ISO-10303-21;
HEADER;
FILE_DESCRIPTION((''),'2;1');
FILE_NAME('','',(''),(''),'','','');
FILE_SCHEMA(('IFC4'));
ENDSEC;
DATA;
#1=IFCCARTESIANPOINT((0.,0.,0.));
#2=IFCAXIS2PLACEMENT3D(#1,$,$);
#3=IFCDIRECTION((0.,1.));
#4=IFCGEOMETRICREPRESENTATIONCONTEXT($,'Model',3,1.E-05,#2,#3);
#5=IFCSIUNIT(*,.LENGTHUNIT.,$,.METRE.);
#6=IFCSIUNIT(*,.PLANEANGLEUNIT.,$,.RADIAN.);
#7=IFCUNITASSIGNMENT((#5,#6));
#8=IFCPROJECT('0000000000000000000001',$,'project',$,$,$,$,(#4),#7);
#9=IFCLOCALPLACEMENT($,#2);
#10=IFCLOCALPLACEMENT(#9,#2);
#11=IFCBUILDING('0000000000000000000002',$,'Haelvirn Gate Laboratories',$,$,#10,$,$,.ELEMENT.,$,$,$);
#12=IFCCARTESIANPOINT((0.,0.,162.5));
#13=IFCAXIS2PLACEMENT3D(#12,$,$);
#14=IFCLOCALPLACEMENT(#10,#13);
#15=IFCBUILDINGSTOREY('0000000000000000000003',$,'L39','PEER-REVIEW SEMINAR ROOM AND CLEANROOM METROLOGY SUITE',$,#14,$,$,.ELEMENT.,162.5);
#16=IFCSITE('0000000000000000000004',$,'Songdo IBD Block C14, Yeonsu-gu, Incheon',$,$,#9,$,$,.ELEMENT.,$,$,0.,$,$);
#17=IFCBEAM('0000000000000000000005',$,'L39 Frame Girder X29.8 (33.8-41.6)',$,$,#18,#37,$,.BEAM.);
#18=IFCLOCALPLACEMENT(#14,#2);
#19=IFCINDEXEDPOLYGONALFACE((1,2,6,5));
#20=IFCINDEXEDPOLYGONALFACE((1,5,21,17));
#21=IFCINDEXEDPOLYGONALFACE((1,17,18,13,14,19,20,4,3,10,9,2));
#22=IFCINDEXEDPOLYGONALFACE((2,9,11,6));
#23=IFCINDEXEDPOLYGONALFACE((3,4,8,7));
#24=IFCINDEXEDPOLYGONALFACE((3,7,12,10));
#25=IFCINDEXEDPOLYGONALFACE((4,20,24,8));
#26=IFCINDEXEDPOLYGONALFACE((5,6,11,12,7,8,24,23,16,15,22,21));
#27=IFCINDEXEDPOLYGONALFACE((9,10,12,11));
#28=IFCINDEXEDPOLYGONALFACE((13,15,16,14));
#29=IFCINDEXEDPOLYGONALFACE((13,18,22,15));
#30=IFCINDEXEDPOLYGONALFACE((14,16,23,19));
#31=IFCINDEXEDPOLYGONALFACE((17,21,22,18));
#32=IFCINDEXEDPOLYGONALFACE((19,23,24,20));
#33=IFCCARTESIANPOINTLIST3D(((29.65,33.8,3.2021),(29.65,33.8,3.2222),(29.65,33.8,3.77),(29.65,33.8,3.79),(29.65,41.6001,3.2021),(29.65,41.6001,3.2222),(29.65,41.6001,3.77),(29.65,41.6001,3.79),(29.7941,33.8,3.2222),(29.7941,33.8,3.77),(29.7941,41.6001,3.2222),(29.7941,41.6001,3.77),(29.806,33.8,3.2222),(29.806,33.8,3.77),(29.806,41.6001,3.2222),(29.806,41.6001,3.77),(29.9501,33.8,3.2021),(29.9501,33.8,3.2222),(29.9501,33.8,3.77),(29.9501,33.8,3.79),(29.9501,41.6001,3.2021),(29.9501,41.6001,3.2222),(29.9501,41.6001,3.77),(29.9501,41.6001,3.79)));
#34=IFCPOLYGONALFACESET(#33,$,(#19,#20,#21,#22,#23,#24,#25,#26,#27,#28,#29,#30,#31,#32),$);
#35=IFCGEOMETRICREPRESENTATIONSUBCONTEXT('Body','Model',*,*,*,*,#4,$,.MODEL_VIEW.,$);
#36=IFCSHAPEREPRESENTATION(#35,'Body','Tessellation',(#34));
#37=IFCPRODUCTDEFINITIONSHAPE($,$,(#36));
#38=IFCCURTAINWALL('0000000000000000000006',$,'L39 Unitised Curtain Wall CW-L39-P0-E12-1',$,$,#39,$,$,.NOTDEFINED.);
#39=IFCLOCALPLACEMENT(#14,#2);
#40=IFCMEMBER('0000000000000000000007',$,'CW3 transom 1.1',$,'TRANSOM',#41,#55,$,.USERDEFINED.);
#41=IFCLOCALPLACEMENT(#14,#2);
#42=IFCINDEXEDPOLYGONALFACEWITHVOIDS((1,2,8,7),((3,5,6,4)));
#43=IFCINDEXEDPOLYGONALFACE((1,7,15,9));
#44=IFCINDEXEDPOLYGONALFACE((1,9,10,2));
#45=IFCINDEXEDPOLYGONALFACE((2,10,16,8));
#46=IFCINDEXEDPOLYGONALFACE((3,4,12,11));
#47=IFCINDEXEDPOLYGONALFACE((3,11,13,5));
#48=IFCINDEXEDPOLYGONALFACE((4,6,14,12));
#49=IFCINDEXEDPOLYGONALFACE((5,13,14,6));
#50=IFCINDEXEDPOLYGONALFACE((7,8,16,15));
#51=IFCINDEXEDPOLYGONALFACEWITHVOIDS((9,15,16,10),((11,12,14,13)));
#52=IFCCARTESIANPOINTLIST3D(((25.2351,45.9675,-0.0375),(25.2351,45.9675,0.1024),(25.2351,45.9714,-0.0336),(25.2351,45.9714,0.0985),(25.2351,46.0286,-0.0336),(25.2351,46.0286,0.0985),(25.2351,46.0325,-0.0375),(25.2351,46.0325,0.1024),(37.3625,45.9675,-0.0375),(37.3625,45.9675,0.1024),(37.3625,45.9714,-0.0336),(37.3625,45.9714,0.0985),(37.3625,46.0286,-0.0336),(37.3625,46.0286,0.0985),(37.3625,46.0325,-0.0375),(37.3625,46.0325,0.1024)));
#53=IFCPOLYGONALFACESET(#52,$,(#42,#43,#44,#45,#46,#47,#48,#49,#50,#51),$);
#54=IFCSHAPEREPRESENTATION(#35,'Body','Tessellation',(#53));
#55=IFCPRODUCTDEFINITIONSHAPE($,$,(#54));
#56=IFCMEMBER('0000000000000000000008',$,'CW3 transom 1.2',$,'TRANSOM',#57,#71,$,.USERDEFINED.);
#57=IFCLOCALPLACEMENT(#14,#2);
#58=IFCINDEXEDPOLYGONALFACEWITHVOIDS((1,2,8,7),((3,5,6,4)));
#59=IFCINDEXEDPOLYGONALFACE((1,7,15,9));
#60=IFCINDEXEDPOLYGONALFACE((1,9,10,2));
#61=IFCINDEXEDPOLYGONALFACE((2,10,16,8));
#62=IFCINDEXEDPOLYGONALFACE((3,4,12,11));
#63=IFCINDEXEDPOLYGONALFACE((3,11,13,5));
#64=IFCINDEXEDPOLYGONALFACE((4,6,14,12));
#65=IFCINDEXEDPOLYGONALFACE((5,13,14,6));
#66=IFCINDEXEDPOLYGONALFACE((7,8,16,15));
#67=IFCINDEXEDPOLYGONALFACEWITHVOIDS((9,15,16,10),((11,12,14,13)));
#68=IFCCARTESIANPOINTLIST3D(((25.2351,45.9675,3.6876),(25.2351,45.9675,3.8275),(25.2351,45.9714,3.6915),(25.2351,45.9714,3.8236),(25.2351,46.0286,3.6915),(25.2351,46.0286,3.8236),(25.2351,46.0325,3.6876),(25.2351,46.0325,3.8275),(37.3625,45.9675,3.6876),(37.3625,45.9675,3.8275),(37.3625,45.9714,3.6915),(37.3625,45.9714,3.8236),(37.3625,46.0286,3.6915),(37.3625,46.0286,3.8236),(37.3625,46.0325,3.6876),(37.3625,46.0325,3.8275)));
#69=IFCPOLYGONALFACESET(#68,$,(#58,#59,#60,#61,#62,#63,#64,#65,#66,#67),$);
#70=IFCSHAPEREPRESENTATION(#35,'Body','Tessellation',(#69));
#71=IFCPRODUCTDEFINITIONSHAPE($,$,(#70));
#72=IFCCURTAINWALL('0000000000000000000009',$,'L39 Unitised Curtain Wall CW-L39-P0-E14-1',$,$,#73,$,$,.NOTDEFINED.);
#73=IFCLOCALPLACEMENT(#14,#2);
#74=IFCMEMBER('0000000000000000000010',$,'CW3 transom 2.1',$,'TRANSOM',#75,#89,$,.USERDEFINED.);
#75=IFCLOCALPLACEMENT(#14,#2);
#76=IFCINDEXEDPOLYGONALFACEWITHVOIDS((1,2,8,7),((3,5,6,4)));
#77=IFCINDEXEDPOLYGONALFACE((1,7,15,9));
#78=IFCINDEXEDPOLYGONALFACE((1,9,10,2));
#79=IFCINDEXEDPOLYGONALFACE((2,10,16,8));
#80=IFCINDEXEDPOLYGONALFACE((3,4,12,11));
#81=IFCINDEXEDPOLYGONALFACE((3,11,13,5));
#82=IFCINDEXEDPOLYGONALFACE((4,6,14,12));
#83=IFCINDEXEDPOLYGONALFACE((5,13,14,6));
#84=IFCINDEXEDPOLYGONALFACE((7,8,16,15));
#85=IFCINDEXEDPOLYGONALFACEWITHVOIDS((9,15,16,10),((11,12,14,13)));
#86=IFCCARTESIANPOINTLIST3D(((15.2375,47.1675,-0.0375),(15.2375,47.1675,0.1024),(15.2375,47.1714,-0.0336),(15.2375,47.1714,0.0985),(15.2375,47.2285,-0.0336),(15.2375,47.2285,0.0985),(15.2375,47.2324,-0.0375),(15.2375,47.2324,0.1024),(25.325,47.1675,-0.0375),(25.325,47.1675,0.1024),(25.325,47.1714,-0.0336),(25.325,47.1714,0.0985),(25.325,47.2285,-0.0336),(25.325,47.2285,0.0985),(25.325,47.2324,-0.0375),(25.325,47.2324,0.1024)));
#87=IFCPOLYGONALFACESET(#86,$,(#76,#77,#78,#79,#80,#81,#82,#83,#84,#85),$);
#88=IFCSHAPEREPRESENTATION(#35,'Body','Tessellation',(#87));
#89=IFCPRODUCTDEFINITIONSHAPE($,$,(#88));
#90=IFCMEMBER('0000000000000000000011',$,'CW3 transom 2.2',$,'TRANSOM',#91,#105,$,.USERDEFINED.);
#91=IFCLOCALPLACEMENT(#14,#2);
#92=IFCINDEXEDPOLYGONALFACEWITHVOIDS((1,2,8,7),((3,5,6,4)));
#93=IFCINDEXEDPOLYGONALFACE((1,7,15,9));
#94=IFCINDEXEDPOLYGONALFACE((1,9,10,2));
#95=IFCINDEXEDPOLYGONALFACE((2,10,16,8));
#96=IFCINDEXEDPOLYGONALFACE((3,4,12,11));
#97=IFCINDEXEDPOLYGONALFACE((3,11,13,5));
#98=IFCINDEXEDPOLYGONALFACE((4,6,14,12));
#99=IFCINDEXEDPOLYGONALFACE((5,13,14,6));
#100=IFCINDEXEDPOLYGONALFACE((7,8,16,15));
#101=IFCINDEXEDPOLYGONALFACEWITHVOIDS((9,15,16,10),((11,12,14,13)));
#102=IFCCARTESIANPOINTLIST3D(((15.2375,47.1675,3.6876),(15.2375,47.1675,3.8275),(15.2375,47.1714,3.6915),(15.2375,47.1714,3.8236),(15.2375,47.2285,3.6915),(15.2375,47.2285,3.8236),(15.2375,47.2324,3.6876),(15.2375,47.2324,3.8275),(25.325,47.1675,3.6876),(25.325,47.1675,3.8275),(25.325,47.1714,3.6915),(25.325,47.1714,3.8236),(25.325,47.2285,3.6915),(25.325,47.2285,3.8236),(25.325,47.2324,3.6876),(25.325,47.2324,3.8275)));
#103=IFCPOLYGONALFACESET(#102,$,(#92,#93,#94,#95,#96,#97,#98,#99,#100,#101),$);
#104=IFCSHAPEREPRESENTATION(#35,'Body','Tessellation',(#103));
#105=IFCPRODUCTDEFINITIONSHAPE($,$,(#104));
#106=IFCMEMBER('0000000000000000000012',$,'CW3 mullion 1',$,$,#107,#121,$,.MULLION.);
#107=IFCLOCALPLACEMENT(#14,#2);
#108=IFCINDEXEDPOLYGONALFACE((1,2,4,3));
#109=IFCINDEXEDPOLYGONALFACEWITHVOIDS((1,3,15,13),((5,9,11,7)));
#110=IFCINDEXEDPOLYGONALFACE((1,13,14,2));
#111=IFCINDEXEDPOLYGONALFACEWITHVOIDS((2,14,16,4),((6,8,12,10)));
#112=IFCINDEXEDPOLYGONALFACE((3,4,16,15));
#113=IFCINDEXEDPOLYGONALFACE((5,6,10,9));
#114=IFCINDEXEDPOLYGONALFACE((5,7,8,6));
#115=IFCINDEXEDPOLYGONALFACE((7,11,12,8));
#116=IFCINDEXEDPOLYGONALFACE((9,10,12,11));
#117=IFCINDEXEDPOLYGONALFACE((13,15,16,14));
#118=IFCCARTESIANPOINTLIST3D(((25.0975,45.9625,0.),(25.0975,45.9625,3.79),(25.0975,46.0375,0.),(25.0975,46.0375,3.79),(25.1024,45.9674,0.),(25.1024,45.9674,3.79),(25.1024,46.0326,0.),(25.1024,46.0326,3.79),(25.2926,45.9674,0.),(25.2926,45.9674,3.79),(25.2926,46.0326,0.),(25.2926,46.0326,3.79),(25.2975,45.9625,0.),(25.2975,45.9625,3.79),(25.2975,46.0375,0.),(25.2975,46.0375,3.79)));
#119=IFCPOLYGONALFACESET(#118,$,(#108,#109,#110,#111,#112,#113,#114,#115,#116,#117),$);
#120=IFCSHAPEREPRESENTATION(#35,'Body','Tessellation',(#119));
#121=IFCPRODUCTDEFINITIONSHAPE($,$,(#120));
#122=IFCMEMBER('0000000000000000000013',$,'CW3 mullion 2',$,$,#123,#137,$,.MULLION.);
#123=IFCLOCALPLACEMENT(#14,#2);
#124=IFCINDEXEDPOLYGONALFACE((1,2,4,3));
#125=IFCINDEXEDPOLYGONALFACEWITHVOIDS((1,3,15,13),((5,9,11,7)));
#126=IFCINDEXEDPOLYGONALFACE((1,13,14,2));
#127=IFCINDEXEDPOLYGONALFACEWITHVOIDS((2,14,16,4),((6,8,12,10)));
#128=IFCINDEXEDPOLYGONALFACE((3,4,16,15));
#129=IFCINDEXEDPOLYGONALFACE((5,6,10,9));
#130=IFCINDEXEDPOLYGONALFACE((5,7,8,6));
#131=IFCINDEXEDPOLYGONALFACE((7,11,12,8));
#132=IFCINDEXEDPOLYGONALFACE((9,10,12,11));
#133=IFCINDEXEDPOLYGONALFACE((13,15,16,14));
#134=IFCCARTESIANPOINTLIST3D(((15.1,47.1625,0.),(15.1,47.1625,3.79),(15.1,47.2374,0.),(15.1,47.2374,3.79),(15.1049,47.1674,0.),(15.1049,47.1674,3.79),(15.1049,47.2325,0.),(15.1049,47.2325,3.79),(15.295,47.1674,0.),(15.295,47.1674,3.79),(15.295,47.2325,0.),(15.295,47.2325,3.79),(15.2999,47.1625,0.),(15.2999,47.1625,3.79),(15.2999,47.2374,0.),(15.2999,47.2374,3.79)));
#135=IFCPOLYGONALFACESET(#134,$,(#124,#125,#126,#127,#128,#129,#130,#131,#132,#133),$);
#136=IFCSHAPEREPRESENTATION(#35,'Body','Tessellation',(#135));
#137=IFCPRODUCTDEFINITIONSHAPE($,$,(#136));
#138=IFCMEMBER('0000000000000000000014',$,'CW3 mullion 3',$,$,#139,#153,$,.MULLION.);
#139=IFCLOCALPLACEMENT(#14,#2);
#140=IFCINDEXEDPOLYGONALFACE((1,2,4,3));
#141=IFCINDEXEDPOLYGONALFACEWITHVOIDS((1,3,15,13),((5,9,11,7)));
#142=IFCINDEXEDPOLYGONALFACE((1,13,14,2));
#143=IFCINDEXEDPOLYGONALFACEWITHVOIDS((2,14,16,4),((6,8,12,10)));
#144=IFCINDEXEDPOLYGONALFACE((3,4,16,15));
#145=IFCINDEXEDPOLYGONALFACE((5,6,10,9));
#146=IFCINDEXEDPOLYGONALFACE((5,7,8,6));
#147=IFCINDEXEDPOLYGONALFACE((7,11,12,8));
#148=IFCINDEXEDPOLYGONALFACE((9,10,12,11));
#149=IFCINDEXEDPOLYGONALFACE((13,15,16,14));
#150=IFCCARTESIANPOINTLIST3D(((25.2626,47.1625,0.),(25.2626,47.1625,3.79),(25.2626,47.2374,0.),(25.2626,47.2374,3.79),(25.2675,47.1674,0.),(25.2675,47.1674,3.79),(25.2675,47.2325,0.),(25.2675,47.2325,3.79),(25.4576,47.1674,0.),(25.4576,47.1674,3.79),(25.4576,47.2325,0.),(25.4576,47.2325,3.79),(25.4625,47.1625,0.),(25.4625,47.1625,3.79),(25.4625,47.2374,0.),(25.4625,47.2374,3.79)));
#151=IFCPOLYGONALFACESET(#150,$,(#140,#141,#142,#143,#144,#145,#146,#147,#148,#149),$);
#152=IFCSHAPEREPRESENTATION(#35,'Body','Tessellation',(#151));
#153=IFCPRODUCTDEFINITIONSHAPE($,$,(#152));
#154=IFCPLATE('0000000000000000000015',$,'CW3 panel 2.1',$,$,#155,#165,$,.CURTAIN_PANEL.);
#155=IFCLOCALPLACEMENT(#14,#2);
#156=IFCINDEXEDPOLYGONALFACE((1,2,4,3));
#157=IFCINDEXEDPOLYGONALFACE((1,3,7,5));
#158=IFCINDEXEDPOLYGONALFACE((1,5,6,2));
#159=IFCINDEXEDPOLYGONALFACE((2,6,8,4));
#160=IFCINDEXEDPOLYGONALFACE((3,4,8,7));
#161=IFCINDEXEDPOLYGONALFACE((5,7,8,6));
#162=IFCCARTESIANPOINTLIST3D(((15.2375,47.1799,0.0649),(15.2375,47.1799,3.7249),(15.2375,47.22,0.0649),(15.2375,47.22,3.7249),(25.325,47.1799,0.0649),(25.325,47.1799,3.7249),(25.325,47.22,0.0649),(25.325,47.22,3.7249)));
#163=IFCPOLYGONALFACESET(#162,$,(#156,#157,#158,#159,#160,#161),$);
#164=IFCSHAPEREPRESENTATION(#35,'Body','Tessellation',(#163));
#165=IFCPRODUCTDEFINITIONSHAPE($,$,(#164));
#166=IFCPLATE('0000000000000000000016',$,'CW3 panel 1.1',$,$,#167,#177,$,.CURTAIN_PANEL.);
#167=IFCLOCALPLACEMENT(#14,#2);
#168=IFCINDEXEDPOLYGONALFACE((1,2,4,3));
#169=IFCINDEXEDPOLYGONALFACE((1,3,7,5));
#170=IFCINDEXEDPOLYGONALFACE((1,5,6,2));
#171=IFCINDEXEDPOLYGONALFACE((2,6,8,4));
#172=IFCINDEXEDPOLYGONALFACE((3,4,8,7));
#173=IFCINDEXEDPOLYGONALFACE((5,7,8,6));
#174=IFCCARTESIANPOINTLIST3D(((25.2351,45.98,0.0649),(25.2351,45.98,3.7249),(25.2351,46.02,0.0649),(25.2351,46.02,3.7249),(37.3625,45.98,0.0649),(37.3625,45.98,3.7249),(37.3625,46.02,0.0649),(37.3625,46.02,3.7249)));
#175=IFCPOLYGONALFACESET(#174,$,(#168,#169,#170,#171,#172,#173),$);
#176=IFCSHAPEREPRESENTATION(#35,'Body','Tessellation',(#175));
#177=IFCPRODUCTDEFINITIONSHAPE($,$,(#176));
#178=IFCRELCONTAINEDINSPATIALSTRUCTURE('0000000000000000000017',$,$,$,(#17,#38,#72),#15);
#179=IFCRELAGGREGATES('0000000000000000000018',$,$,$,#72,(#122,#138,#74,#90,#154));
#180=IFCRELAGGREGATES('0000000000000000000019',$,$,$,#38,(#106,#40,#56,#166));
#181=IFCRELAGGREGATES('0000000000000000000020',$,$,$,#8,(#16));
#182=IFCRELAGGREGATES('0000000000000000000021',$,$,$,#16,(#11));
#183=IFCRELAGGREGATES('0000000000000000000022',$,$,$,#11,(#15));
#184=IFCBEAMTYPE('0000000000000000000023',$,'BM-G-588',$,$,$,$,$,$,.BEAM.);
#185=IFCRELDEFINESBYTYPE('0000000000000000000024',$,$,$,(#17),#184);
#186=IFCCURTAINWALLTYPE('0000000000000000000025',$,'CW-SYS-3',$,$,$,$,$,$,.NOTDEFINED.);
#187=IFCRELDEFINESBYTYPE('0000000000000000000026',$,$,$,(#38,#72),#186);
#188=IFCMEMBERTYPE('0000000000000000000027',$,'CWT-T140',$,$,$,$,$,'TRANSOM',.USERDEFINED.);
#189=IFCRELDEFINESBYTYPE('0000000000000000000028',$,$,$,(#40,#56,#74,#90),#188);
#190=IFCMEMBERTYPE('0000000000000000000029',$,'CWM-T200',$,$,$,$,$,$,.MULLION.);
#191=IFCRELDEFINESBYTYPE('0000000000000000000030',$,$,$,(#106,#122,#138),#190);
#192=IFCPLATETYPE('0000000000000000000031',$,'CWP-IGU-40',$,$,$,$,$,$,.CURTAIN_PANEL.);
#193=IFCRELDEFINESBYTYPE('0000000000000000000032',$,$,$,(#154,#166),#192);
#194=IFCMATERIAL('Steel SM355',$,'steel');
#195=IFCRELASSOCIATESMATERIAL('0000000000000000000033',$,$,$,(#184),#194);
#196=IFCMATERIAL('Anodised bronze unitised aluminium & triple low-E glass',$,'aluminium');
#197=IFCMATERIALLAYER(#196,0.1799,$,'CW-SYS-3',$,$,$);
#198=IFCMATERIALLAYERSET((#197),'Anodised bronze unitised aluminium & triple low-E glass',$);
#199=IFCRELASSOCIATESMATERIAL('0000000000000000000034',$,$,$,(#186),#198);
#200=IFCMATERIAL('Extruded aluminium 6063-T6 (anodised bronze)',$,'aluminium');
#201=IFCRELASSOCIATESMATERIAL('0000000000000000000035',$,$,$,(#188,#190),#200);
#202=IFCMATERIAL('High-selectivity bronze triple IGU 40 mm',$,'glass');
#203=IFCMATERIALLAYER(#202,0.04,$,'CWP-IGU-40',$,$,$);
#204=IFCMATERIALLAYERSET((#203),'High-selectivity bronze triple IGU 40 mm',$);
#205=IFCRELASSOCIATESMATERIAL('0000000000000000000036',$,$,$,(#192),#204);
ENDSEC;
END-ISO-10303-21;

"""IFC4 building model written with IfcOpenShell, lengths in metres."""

from ifc_helpers import new_model, si_unit, direction, frame, origin, origin_2d, place, context, subcontext, project, spatial, rectangle, hollow_rectangle, i_section, extrude, source, transform, mapped, material, layer, layer_set, material_profile, profile_set, type_object, type_shapes, element, aggregate, save


model = new_model("IFC4")

# Units and contexts
model_context = context("Model", 3, precision=1e-05, world=origin(), true_north=direction((0.0, 1.0)))
body_context = subcontext(model_context, "Body", "Model", "MODEL_VIEW")
ifc_project = project(units=[si_unit("LENGTHUNIT", "METRE"), si_unit("PLANEANGLEUNIT", "RADIAN")], contexts=[model_context])

# Site, building, storey
site_placement = place(None, origin())
site = spatial("IfcSite", under=ifc_project, at=site_placement, Name="Songdo IBD Block C14, Yeonsu-gu, Incheon", CompositionType="ELEMENT", RefElevation=0.0)
building_placement = place(site_placement, origin())
building = spatial("IfcBuilding", under=site, at=building_placement, Name="Haelvirn Gate Laboratories", CompositionType="ELEMENT")
storey_placement = place(building_placement, frame((0.0, 0.0, 162.5)))
storey = spatial("IfcBuildingStorey", under=building, at=storey_placement, Name="L39", Description="PEER-REVIEW SEMINAR ROOM AND CLEANROOM METROLOGY SUITE", CompositionType="ELEMENT", Elevation=162.5)

# Shared definitions
ifc_material_1 = material(Name="Steel SM355", Category="steel")

# Beam
ifc_material_profile_1 = material_profile(ifc_material_1, i_section(OverallWidth=0.3, OverallDepth=0.5879, WebThickness=0.012, FlangeThickness=0.02, at=origin_2d()), Name="H-588x300x12x20")
ifc_profile_set_1 = profile_set([ifc_material_profile_1], Name="Steel SM355")
beam_type_1 = type_object("IfcBeamType", Name="BM-G-588", PredefinedType="BEAM", material=ifc_profile_set_1)
shared_shape_1 = source(origin(), body_context, "Body", "SweptSolid", [
    extrude(i_section(OverallWidth=0.3, OverallDepth=0.5879, WebThickness=0.012, FlangeThickness=0.02, at=origin_2d()), origin(), (0.0, 0.0, 1.0), 7.8),
])
type_shapes(beam_type_1, [shared_shape_1])
beam_1_placement = place(storey_placement, frame((29.8, 33.8, 3.4961), z_axis=(0.0, 1.0, 0.0), x_axis=(-1.0, 0.0, 0.0)))
element("IfcBeam", 1, at=beam_1_placement, inside=storey, type_object=beam_type_1, Name="L39 Frame Girder X29.8 (33.8-41.6)", PredefinedType="BEAM", context=body_context, shape_type="MappedRepresentation", body=[
    mapped(shared_shape_1, transform((0.0, 0.0, 0.0), scale=1.0)),
])

# Curtain walls, members
ifc_material_2 = material(Name="Anodised bronze unitised aluminium & triple low-E glass", Category="aluminium")
ifc_layer_1 = layer(ifc_material_2, 0.1799, Name="CW-SYS-3")
ifc_layer_set_1 = layer_set([ifc_layer_1], Name="Anodised bronze unitised aluminium & triple low-E glass")
curtain_wall_type = type_object("IfcCurtainWallType", Name="CW-SYS-3", PredefinedType="NOTDEFINED", material=ifc_layer_set_1)
curtain_wall_1_placement = place(storey_placement, origin())
curtain_wall_1 = element("IfcCurtainWall", 2, at=curtain_wall_1_placement, inside=storey, type_object=curtain_wall_type, Name="L39 Unitised Curtain Wall CW-L39-P0-E12-1", PredefinedType="NOTDEFINED")
ifc_material_3 = material(Name="Extruded aluminium 6063-T6 (anodised bronze)", Category="aluminium")
ifc_material_profile_2 = material_profile(ifc_material_3, hollow_rectangle(XDim=0.0649, YDim=0.1399, WallThickness=0.0039, at=origin_2d()), Name="CWT-140x65x4")
ifc_profile_set_2 = profile_set([ifc_material_profile_2], Name="Extruded aluminium 6063-T6 (anodised bronze)")
member_type_1 = type_object("IfcMemberType", Name="CWT-T140", ElementType="TRANSOM", PredefinedType="USERDEFINED", material=ifc_profile_set_2)
shared_shape_2 = source(origin(), body_context, "Body", "SweptSolid", [
    extrude(hollow_rectangle(XDim=0.0649, YDim=0.1399, WallThickness=0.0039, at=origin_2d()), origin(), (0.0, 0.0, 1.0), 12.1274),
])
member_1_placement = place(storey_placement, frame((25.2351, 46.0, 0.0325), z_axis=(1.0, 0.0, 0.0), x_axis=(0.0, 1.0, 0.0)))
member_1 = element("IfcMember", 3, at=member_1_placement, type_object=member_type_1, Name="CW3 transom 1.1", ObjectType="TRANSOM", PredefinedType="USERDEFINED", context=body_context, shape_type="MappedRepresentation", body=[
    mapped(shared_shape_2, transform((0.0, 0.0, 0.0), scale=1.0)),
])
member_2_placement = place(storey_placement, frame((25.2351, 46.0, 3.7576), z_axis=(1.0, 0.0, 0.0), x_axis=(0.0, 1.0, 0.0)))
member_2 = element("IfcMember", 4, at=member_2_placement, type_object=member_type_1, Name="CW3 transom 1.2", ObjectType="TRANSOM", PredefinedType="USERDEFINED", context=body_context, shape_type="MappedRepresentation", body=[
    mapped(shared_shape_2, transform((0.0, 0.0, 0.0), scale=1.0)),
])
curtain_wall_2_placement = place(storey_placement, origin())
curtain_wall_2 = element("IfcCurtainWall", 5, at=curtain_wall_2_placement, inside=storey, type_object=curtain_wall_type, Name="L39 Unitised Curtain Wall CW-L39-P0-E14-1", PredefinedType="NOTDEFINED")
shared_shape_3 = source(origin(), body_context, "Body", "SweptSolid", [
    extrude(hollow_rectangle(XDim=0.0649, YDim=0.1399, WallThickness=0.0039, at=origin_2d()), origin(), (0.0, 0.0, 1.0), 10.0874),
])
type_shapes(member_type_1, [shared_shape_2, shared_shape_3])
member_3_placement = place(storey_placement, frame((15.2375, 47.2, 0.0325), z_axis=(1.0, 0.0, 0.0), x_axis=(0.0, 1.0, 0.0)))
member_3 = element("IfcMember", 6, at=member_3_placement, type_object=member_type_1, Name="CW3 transom 2.1", ObjectType="TRANSOM", PredefinedType="USERDEFINED", context=body_context, shape_type="MappedRepresentation", body=[
    mapped(shared_shape_3, transform((0.0, 0.0, 0.0), scale=1.0)),
])
member_4_placement = place(storey_placement, frame((15.2375, 47.2, 3.7576), z_axis=(1.0, 0.0, 0.0), x_axis=(0.0, 1.0, 0.0)))
member_4 = element("IfcMember", 7, at=member_4_placement, type_object=member_type_1, Name="CW3 transom 2.2", ObjectType="TRANSOM", PredefinedType="USERDEFINED", context=body_context, shape_type="MappedRepresentation", body=[
    mapped(shared_shape_3, transform((0.0, 0.0, 0.0), scale=1.0)),
])

# Members
ifc_material_profile_3 = material_profile(ifc_material_3, hollow_rectangle(XDim=0.075, YDim=0.2, WallThickness=0.0049, at=origin_2d()), Name="CWM-200x75x5")
ifc_profile_set_3 = profile_set([ifc_material_profile_3], Name="Extruded aluminium 6063-T6 (anodised bronze)")
member_type_2 = type_object("IfcMemberType", Name="CWM-T200", PredefinedType="MULLION", material=ifc_profile_set_3)
shared_shape_4 = source(origin(), body_context, "Body", "SweptSolid", [
    extrude(hollow_rectangle(XDim=0.075, YDim=0.2, WallThickness=0.0049, at=origin_2d()), origin(), (0.0, 0.0, 1.0), 3.79),
])
type_shapes(member_type_2, [shared_shape_4])
member_5_placement = place(storey_placement, frame((25.1975, 46.0, 0.0), z_axis=(0.0, 0.0, 1.0), x_axis=(0.0, 1.0, 0.0)))
member_5 = element("IfcMember", 8, at=member_5_placement, type_object=member_type_2, Name="CW3 mullion 1", PredefinedType="MULLION", context=body_context, shape_type="MappedRepresentation", body=[
    mapped(shared_shape_4, transform((0.0, 0.0, 0.0), scale=1.0)),
])
member_6_placement = place(storey_placement, frame((15.2, 47.2, 0.0), z_axis=(0.0, 0.0, 1.0), x_axis=(0.0, 1.0, 0.0)))
member_6 = element("IfcMember", 9, at=member_6_placement, type_object=member_type_2, Name="CW3 mullion 2", PredefinedType="MULLION", context=body_context, shape_type="MappedRepresentation", body=[
    mapped(shared_shape_4, transform((0.0, 0.0, 0.0), scale=1.0)),
])
member_7_placement = place(storey_placement, frame((25.3625, 47.2, 0.0), z_axis=(0.0, 0.0, 1.0), x_axis=(0.0, 1.0, 0.0)))
member_7 = element("IfcMember", 10, at=member_7_placement, type_object=member_type_2, Name="CW3 mullion 3", PredefinedType="MULLION", context=body_context, shape_type="MappedRepresentation", body=[
    mapped(shared_shape_4, transform((0.0, 0.0, 0.0), scale=1.0)),
])

# Plates
ifc_material_4 = material(Name="High-selectivity bronze triple IGU 40 mm", Category="glass")
ifc_layer_2 = layer(ifc_material_4, 0.04, Name="CWP-IGU-40")
ifc_layer_set_2 = layer_set([ifc_layer_2], Name="High-selectivity bronze triple IGU 40 mm")
plate_type = type_object("IfcPlateType", Name="CWP-IGU-40", PredefinedType="CURTAIN_PANEL", material=ifc_layer_set_2)
shared_shape_5 = source(origin(), body_context, "Body", "SweptSolid", [
    extrude(rectangle(XDim=10.0874, YDim=0.04, at=origin_2d()), origin(), (0.0, 0.0, 1.0), 3.6599),
])
plate_1_placement = place(storey_placement, frame((20.2812, 47.2, 0.0649), z_axis=(0.0, 0.0, 1.0), x_axis=(1.0, 0.0, 0.0)))
plate_1 = element("IfcPlate", 11, at=plate_1_placement, type_object=plate_type, Name="CW3 panel 2.1", PredefinedType="CURTAIN_PANEL", context=body_context, shape_type="MappedRepresentation", body=[
    mapped(shared_shape_5, transform((0.0, 0.0, 0.0), scale=1.0)),
])
aggregate(curtain_wall_2, [member_6, member_7, member_3, member_4, plate_1])
shared_shape_6 = source(origin(), body_context, "Body", "SweptSolid", [
    extrude(rectangle(XDim=12.1274, YDim=0.04, at=origin_2d()), origin(), (0.0, 0.0, 1.0), 3.6599),
])
type_shapes(plate_type, [shared_shape_5, shared_shape_6])
plate_2_placement = place(storey_placement, frame((31.2988, 46.0, 0.0649), z_axis=(0.0, 0.0, 1.0), x_axis=(1.0, 0.0, 0.0)))
plate_2 = element("IfcPlate", 12, at=plate_2_placement, type_object=plate_type, Name="CW3 panel 1.1", PredefinedType="CURTAIN_PANEL", context=body_context, shape_type="MappedRepresentation", body=[
    mapped(shared_shape_6, transform((0.0, 0.0, 0.0), scale=1.0)),
])
aggregate(curtain_wall_1, [member_5, member_1, member_2, plate_2])

save(model, "model.ifc")
